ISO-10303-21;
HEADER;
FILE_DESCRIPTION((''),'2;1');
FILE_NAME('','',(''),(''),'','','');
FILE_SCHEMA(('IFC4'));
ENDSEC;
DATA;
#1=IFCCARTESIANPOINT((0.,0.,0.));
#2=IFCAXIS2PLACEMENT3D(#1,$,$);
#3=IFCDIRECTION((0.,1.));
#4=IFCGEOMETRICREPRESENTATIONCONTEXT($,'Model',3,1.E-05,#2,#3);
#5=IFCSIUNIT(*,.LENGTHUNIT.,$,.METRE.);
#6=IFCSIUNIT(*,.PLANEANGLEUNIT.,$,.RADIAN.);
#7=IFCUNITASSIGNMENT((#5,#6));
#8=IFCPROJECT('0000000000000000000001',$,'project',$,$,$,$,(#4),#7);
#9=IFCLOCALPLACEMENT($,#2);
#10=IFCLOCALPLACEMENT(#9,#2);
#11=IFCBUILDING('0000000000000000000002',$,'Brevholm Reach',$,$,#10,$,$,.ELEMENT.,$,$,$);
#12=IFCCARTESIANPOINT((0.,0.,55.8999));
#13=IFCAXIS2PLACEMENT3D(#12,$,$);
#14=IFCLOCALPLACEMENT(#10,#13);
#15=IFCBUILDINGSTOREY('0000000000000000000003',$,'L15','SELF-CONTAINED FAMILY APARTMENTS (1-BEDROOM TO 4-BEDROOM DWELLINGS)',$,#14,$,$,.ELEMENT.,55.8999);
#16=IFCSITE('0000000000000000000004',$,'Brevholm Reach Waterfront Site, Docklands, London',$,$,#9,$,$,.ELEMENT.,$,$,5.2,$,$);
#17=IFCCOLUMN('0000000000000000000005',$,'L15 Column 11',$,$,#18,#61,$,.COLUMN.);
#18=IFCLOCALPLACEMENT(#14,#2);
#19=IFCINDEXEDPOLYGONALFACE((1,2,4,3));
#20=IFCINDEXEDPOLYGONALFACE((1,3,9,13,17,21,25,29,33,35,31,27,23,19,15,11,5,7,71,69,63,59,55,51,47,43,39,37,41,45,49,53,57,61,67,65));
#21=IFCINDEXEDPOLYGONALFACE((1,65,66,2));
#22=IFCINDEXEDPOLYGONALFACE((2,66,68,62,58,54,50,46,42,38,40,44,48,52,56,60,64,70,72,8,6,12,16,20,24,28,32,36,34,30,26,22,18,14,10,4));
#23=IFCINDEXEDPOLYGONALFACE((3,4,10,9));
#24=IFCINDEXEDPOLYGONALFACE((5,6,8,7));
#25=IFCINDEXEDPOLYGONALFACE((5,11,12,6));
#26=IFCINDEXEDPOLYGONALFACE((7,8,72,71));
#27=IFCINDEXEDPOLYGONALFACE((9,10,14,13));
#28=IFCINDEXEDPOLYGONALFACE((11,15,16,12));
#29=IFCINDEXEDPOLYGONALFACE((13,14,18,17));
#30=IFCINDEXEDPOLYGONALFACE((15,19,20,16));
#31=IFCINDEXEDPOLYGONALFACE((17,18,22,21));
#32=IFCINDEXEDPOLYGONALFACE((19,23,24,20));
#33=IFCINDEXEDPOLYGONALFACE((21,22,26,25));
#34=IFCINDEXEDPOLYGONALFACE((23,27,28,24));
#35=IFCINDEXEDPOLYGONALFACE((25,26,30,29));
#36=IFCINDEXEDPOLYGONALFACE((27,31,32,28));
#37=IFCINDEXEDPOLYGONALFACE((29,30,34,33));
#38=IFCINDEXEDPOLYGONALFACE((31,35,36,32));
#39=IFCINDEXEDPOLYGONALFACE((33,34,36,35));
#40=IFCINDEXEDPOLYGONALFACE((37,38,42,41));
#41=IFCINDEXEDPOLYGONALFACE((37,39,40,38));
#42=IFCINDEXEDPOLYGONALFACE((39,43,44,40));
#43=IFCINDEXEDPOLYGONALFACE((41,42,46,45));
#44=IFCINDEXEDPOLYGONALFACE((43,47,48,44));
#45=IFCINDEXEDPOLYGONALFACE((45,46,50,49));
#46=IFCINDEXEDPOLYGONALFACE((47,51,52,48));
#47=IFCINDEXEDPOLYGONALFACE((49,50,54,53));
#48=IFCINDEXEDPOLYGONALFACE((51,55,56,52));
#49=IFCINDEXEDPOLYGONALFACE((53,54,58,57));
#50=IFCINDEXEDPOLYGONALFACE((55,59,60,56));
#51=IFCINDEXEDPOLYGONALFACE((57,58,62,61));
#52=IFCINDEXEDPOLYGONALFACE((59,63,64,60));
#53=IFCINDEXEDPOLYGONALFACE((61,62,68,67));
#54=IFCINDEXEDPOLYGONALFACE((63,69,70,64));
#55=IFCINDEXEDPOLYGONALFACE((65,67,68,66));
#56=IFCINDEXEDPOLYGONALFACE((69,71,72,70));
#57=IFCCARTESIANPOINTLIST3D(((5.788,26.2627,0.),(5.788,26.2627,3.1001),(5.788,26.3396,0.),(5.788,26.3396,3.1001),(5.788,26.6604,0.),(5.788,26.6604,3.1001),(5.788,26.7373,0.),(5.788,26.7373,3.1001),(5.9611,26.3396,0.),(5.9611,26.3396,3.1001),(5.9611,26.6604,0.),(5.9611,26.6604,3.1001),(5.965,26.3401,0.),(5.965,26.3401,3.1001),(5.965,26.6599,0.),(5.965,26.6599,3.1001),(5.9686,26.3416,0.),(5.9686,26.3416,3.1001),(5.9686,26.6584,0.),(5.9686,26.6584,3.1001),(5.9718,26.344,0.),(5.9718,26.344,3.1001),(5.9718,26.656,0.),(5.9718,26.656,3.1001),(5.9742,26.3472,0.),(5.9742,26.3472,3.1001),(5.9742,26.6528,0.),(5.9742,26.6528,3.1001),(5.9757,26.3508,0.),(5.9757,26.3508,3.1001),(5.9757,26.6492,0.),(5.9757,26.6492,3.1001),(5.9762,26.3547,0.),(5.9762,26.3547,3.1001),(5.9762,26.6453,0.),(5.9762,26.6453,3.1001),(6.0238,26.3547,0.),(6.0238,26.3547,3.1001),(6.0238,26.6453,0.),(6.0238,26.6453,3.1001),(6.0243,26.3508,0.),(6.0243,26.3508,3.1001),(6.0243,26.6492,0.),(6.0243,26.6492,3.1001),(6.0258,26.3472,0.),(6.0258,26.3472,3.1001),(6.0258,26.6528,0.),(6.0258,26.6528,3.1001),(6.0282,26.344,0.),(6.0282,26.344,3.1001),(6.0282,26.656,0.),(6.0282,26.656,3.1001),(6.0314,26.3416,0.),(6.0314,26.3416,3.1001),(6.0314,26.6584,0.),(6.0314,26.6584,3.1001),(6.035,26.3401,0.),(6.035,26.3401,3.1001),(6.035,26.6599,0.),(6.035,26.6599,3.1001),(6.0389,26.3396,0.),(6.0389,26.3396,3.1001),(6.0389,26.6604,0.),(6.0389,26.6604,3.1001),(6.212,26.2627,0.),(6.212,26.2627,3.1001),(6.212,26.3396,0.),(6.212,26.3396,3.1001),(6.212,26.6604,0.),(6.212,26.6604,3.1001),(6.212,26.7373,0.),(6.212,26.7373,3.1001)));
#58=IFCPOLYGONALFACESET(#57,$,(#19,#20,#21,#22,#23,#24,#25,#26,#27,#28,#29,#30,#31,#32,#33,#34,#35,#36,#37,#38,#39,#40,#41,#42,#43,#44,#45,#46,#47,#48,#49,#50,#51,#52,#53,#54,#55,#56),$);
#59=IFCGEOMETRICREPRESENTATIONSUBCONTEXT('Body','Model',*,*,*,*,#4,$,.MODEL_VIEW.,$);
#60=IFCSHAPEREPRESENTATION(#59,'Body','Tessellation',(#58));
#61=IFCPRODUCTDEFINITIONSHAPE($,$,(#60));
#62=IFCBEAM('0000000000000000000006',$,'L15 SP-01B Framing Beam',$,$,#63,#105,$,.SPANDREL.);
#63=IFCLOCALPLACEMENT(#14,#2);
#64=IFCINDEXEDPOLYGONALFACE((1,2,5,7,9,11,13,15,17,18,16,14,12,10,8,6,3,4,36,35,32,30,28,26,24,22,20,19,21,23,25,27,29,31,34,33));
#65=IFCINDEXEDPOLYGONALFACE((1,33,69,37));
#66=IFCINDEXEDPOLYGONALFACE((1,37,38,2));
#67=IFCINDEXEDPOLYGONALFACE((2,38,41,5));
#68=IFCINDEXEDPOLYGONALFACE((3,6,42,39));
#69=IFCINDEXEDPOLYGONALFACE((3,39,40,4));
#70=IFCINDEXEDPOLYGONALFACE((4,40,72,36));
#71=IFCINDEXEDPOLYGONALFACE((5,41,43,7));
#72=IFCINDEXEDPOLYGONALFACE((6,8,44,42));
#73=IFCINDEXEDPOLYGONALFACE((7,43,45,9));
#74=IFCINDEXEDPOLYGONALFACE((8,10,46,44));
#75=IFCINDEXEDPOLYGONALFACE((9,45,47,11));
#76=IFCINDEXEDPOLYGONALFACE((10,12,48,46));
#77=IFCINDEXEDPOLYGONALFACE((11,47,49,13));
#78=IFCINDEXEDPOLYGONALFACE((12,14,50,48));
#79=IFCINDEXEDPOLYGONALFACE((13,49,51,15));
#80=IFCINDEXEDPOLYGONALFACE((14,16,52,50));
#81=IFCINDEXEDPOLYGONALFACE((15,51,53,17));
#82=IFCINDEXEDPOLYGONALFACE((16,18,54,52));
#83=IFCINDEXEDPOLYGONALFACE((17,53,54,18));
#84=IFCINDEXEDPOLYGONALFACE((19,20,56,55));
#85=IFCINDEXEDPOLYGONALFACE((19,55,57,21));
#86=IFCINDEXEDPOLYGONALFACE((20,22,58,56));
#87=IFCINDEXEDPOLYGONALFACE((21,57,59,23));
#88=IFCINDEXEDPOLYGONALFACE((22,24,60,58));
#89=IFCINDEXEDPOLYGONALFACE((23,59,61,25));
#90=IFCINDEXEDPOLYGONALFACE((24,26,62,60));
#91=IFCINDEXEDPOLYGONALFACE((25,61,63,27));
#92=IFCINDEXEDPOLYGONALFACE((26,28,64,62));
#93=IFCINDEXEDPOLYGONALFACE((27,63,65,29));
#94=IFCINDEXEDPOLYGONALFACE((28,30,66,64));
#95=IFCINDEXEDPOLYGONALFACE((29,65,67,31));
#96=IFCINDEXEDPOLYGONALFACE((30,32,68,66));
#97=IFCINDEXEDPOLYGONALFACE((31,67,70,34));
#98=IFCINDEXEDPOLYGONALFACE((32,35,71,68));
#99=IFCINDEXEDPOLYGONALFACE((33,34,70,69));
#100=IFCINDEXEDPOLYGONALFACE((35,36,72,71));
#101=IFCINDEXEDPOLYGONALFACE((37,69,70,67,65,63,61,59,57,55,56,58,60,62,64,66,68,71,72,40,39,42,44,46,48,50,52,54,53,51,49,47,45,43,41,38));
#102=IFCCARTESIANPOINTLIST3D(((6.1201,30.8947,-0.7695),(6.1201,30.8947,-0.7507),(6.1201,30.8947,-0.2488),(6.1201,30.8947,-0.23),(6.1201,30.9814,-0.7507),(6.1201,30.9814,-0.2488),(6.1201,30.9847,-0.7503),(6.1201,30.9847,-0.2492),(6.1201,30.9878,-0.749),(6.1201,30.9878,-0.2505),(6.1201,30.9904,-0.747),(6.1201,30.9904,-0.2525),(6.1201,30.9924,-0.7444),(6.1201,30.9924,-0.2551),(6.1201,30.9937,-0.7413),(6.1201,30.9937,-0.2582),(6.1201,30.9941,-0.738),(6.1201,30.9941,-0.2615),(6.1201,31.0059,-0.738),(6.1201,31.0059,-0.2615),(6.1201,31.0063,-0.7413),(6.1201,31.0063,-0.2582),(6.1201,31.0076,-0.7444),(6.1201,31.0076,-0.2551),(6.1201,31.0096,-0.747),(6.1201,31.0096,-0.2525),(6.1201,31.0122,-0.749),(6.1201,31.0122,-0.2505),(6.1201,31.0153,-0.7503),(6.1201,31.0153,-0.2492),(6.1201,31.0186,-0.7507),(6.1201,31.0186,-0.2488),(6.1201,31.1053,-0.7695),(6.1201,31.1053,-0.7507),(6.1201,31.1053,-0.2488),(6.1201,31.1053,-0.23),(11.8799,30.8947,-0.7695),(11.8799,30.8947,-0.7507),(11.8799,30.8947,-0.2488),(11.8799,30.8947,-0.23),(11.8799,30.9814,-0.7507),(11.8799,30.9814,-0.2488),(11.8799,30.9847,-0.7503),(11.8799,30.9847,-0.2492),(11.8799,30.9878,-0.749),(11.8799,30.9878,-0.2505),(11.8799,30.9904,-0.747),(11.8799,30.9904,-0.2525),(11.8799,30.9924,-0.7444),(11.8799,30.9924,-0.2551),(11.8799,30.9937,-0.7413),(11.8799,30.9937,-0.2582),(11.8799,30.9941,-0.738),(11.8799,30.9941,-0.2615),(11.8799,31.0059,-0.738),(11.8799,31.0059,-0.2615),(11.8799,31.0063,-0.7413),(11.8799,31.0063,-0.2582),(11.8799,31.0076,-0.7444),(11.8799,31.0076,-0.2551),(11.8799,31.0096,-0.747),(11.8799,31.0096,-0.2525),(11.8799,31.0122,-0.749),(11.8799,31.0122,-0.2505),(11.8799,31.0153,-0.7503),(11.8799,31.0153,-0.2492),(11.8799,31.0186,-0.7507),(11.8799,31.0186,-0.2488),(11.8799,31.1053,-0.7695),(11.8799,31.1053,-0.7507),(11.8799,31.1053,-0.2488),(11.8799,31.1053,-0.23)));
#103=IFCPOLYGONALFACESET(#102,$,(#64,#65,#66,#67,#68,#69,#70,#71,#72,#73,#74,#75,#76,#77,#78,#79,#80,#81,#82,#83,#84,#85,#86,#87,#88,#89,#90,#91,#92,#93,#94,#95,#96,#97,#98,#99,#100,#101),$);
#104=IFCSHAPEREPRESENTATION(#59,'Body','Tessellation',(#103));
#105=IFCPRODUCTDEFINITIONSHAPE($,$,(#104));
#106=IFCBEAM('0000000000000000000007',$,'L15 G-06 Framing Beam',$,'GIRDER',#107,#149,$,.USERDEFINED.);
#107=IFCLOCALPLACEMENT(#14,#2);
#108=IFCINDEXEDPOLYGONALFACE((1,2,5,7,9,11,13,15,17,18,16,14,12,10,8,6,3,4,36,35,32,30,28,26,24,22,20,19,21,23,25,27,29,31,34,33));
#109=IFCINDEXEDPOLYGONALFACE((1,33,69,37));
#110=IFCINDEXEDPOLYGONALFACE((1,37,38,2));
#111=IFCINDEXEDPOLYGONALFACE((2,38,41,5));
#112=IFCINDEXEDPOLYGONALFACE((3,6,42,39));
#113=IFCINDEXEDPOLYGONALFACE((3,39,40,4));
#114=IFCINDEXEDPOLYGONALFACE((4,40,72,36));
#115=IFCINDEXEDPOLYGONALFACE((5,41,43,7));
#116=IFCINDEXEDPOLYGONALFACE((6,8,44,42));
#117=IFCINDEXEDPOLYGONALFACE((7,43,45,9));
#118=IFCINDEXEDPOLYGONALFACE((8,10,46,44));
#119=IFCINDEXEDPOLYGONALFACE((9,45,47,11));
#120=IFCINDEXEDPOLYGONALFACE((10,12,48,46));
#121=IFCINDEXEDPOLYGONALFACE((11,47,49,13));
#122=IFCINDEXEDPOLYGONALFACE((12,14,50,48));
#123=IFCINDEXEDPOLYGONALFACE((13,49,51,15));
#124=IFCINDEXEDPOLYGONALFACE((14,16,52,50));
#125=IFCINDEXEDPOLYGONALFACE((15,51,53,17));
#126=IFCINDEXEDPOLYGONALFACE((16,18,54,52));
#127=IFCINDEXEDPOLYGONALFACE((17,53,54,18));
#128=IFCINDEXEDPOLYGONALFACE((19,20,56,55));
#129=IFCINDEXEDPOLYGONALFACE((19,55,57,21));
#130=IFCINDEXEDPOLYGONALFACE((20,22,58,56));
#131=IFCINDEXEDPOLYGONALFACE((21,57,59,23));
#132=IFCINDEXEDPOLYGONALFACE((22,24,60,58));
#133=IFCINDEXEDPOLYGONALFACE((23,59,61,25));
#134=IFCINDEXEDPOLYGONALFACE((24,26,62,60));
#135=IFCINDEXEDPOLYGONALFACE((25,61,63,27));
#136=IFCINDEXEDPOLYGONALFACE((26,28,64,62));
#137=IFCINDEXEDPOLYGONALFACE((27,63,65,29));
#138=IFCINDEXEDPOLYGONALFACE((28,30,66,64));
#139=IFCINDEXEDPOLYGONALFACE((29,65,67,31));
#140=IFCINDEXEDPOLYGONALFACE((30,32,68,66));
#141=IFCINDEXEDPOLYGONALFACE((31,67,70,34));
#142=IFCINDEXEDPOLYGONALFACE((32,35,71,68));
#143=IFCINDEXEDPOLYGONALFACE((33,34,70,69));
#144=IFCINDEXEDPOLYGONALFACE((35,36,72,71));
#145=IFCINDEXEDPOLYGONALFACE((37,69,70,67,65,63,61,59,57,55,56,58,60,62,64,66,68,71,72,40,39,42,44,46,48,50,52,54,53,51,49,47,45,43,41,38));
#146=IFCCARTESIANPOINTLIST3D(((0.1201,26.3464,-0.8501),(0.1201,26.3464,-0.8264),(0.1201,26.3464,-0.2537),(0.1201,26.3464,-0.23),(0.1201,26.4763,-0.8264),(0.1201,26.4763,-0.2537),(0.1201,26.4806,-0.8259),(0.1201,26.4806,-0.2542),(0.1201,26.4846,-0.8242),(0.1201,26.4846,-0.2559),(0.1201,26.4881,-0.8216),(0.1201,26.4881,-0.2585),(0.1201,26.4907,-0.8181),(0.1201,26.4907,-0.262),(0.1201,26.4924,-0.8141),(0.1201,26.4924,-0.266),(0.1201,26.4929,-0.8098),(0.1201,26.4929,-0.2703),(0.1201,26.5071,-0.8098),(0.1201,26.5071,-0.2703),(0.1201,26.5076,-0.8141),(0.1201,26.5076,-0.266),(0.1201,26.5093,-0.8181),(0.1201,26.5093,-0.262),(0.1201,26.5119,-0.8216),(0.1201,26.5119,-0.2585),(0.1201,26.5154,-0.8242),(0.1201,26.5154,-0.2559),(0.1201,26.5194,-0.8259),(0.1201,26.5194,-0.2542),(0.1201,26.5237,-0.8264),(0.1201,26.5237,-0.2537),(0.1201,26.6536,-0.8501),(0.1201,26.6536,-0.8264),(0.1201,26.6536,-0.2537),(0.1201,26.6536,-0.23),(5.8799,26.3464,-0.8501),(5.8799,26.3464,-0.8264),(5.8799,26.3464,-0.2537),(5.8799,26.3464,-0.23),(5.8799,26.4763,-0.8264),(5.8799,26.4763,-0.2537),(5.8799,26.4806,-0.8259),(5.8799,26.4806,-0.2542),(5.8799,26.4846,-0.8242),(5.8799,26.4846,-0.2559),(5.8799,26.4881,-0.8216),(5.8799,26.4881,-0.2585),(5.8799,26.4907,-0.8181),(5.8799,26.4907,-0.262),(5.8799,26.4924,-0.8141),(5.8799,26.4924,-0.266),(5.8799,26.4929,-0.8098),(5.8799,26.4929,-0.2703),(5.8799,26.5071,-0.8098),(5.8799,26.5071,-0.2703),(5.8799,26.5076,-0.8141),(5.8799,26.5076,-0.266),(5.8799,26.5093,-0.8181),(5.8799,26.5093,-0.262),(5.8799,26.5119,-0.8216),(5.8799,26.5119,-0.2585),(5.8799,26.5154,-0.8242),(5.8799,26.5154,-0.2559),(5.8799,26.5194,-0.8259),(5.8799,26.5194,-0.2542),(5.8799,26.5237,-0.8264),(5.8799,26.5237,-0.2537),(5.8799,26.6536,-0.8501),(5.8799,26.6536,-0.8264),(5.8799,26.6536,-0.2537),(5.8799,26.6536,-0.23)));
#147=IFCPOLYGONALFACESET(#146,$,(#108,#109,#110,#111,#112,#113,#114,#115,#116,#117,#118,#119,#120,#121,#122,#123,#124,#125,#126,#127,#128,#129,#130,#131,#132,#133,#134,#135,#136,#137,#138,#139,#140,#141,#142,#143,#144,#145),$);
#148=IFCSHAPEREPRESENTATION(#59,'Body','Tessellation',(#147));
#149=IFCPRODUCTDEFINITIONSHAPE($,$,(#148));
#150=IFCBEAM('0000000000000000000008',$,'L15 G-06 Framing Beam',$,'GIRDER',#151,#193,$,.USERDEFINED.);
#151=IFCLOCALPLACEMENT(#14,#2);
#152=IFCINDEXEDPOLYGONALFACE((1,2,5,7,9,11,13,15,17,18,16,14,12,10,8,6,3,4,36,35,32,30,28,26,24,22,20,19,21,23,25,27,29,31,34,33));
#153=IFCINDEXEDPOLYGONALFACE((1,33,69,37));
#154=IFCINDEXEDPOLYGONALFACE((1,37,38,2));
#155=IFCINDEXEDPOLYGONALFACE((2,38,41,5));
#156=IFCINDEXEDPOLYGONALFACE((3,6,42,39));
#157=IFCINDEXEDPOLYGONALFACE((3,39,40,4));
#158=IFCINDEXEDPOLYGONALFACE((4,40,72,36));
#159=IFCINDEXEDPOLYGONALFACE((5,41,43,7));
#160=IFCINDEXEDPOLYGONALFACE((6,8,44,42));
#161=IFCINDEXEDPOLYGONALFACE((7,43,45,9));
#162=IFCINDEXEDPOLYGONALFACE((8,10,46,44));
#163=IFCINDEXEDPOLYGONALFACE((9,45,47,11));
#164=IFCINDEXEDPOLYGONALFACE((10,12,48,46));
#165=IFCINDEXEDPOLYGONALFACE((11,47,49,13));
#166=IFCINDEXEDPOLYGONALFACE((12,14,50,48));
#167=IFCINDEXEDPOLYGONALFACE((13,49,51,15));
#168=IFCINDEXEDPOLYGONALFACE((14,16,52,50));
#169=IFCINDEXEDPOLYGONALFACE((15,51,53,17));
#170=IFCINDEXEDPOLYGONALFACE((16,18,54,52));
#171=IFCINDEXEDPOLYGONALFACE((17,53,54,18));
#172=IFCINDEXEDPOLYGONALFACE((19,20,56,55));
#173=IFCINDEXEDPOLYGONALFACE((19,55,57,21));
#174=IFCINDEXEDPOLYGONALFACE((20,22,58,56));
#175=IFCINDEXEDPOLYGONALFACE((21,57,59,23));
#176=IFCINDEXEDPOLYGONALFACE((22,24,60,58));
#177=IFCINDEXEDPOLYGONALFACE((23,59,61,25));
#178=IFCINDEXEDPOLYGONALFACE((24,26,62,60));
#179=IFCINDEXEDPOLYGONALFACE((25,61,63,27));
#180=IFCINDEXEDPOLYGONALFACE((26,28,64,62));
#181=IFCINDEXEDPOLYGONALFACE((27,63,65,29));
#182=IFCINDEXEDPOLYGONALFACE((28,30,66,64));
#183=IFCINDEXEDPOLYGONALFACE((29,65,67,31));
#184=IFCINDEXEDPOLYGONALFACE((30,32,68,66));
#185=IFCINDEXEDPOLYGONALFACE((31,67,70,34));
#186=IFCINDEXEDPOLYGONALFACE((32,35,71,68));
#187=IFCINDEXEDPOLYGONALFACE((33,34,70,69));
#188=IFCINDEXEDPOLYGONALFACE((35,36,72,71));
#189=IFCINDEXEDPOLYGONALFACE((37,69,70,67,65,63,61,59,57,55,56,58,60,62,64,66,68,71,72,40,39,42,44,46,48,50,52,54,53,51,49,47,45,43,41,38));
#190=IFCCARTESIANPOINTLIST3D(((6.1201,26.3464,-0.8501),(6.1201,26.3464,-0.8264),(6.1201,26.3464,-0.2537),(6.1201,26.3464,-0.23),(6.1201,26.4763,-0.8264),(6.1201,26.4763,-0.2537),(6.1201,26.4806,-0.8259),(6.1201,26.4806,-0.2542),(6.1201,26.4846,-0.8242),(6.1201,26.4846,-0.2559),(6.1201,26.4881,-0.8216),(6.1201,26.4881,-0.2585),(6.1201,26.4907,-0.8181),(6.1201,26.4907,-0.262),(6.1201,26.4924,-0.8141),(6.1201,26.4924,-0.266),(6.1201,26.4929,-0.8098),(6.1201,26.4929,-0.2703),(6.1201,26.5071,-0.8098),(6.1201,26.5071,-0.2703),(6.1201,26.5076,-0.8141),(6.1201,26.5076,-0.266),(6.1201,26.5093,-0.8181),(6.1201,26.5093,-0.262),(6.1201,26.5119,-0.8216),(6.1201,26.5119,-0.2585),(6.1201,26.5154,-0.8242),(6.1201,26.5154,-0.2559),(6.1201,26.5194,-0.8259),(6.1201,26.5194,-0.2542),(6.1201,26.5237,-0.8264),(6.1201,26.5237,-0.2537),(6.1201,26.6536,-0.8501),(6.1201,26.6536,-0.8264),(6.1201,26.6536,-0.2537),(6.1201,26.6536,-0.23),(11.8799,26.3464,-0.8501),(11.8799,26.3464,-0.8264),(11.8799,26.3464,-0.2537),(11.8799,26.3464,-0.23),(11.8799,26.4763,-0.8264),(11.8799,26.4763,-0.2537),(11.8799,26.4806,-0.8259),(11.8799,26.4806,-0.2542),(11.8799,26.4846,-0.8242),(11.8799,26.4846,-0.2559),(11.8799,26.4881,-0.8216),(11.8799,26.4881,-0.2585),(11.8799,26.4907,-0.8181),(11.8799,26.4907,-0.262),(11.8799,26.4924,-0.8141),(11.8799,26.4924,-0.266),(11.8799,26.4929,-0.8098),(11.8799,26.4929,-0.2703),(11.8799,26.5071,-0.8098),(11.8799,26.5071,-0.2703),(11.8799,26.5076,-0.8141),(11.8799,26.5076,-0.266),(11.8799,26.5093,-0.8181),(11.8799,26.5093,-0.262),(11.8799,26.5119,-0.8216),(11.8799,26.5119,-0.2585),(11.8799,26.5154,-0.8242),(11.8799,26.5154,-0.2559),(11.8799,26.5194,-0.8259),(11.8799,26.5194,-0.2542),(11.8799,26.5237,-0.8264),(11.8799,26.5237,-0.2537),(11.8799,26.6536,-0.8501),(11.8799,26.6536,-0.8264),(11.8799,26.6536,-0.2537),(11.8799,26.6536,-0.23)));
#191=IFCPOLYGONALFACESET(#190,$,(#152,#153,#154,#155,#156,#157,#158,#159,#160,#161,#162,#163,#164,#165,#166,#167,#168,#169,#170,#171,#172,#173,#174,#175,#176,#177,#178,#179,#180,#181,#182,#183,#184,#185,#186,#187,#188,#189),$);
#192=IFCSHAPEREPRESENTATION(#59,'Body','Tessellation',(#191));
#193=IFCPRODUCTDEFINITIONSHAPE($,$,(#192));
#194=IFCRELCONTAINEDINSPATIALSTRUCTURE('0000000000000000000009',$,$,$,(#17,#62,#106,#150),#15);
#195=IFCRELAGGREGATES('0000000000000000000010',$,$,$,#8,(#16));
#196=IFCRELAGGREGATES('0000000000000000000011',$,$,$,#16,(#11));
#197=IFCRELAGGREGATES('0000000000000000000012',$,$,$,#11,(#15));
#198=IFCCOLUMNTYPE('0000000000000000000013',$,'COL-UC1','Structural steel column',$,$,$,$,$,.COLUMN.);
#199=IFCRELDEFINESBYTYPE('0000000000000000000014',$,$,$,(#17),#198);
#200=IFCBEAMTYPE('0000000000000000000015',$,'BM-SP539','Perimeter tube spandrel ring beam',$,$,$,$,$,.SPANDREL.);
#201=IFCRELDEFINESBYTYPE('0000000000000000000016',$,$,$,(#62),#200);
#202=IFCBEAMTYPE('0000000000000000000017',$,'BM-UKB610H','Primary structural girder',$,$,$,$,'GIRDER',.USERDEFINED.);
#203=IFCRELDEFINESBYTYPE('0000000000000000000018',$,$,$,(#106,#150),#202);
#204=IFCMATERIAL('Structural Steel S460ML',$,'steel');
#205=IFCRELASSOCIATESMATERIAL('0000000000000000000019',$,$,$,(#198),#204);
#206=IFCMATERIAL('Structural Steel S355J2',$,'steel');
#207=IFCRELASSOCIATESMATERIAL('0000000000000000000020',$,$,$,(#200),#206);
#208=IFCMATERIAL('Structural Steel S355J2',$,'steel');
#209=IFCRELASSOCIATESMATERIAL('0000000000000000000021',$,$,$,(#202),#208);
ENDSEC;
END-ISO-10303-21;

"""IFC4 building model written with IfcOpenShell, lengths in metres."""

from ifc_helpers import new_model, si_unit, direction, frame, origin, origin_2d, place, context, subcontext, project, spatial, i_section, extrude, material, material_profile, profile_set, type_object, element, save


model = new_model("IFC4")

# Units and contexts
model_context = context("Model", 3, precision=1e-05, world=origin(), true_north=direction((0.0, 1.0)))
body_context = subcontext(model_context, "Body", "Model", "MODEL_VIEW")
ifc_project = project(units=[si_unit("LENGTHUNIT", "METRE"), si_unit("PLANEANGLEUNIT", "RADIAN")], contexts=[model_context])

# Site, building, storey
site_placement = place(None, origin())
site = spatial("IfcSite", under=ifc_project, at=site_placement, Name="Brevholm Reach Waterfront Site, Docklands, London", CompositionType="ELEMENT", RefElevation=5.2)
building_placement = place(site_placement, origin())
building = spatial("IfcBuilding", under=site, at=building_placement, Name="Brevholm Reach", CompositionType="ELEMENT")
storey_placement = place(building_placement, frame((0.0, 0.0, 55.8999)))
storey = spatial("IfcBuildingStorey", under=building, at=storey_placement, Name="L15", Description="SELF-CONTAINED FAMILY APARTMENTS (1-BEDROOM TO 4-BEDROOM DWELLINGS)", CompositionType="ELEMENT", Elevation=55.8999)

# Column
ifc_material_1 = material(Name="Structural Steel S460ML", Category="steel")
ifc_material_profile_1 = material_profile(ifc_material_1, i_section(OverallWidth=0.4241, OverallDepth=0.4746, WebThickness=0.0476, FlangeThickness=0.0769, FilletRadius=0.0151, at=origin_2d()), Name="UKC 356x406x634")
ifc_profile_set_1 = profile_set([ifc_material_profile_1], Name="Structural Steel S460ML")
column_type_1 = type_object("IfcColumnType", Name="COL-UC1", Description="Structural steel column", PredefinedType="COLUMN", material=ifc_profile_set_1)
column_1_placement = place(storey_placement, frame((6.0, 26.5, 0.0), z_axis=(0.0, 0.0, 1.0), x_axis=(1.0, 0.0, 0.0)))
element("IfcColumn", 1, at=column_1_placement, inside=storey, type_object=column_type_1, Name="L15 Column 11", PredefinedType="COLUMN", context=body_context, shape_type="SweptSolid", body=[
    extrude(i_section(OverallWidth=0.4241, OverallDepth=0.4746, WebThickness=0.0476, FlangeThickness=0.0769, FilletRadius=0.0151, at=origin_2d()), origin(), (0.0, 0.0, 1.0), 3.1001),
])

# Beams
ifc_material_2 = material(Name="Structural Steel S355J2", Category="steel")
ifc_material_profile_2 = material_profile(ifc_material_2, i_section(OverallWidth=0.2107, OverallDepth=0.5396, WebThickness=0.0117, FlangeThickness=0.0188, FilletRadius=0.0127, at=origin_2d()), Name="UKB 533x210x109")
ifc_profile_set_2 = profile_set([ifc_material_profile_2], Name="Structural Steel S355J2")
beam_type_1 = type_object("IfcBeamType", Name="BM-SP539", Description="Perimeter tube spandrel ring beam", PredefinedType="SPANDREL", material=ifc_profile_set_2)
beam_1_placement = place(storey_placement, frame((6.1201, 31.0, -0.4998), z_axis=(1.0, 0.0, 0.0), x_axis=(0.0, 1.0, 0.0)))
element("IfcBeam", 2, at=beam_1_placement, inside=storey, type_object=beam_type_1, Name="L15 SP-01B Framing Beam", PredefinedType="SPANDREL", context=body_context, shape_type="SweptSolid", body=[
    extrude(i_section(OverallWidth=0.2107, OverallDepth=0.5396, WebThickness=0.0117, FlangeThickness=0.0188, FilletRadius=0.0127, at=origin_2d()), origin(), (0.0, 0.0, 1.0), 5.7598),
])
ifc_material_3 = material(Name="Structural Steel S355J2", Category="steel")
ifc_material_profile_3 = material_profile(ifc_material_3, i_section(OverallWidth=0.3071, OverallDepth=0.6201, WebThickness=0.0142, FlangeThickness=0.0237, FilletRadius=0.0166, at=origin_2d()), Name="UKB 610x305x179")
ifc_profile_set_3 = profile_set([ifc_material_profile_3], Name="Structural Steel S355J2")
beam_type_2 = type_object("IfcBeamType", Name="BM-UKB610H", Description="Primary structural girder", ElementType="GIRDER", PredefinedType="USERDEFINED", material=ifc_profile_set_3)
for number, where, z_axis, x_axis, name in (
    (3, (0.1201, 26.5, -0.54), (1.0, 0.0, 0.0), (0.0, 1.0, 0.0), "L15 G-06 Framing Beam"),
    (4, (6.1201, 26.5, -0.54), (1.0, 0.0, 0.0), (0.0, 1.0, 0.0), "L15 G-06 Framing Beam"),
):
    element("IfcBeam", number, at=place(storey_placement, frame(where, z_axis=z_axis, x_axis=x_axis)), inside=storey, type_object=beam_type_2, Name=name, ObjectType="GIRDER", PredefinedType="USERDEFINED", context=body_context, shape_type="SweptSolid", body=[
        extrude(i_section(OverallWidth=0.3071, OverallDepth=0.6201, WebThickness=0.0142, FlangeThickness=0.0237, FilletRadius=0.0166, at=origin_2d()), origin(), (0.0, 0.0, 1.0), 5.7598),
    ])

save(model, "model.ifc")
